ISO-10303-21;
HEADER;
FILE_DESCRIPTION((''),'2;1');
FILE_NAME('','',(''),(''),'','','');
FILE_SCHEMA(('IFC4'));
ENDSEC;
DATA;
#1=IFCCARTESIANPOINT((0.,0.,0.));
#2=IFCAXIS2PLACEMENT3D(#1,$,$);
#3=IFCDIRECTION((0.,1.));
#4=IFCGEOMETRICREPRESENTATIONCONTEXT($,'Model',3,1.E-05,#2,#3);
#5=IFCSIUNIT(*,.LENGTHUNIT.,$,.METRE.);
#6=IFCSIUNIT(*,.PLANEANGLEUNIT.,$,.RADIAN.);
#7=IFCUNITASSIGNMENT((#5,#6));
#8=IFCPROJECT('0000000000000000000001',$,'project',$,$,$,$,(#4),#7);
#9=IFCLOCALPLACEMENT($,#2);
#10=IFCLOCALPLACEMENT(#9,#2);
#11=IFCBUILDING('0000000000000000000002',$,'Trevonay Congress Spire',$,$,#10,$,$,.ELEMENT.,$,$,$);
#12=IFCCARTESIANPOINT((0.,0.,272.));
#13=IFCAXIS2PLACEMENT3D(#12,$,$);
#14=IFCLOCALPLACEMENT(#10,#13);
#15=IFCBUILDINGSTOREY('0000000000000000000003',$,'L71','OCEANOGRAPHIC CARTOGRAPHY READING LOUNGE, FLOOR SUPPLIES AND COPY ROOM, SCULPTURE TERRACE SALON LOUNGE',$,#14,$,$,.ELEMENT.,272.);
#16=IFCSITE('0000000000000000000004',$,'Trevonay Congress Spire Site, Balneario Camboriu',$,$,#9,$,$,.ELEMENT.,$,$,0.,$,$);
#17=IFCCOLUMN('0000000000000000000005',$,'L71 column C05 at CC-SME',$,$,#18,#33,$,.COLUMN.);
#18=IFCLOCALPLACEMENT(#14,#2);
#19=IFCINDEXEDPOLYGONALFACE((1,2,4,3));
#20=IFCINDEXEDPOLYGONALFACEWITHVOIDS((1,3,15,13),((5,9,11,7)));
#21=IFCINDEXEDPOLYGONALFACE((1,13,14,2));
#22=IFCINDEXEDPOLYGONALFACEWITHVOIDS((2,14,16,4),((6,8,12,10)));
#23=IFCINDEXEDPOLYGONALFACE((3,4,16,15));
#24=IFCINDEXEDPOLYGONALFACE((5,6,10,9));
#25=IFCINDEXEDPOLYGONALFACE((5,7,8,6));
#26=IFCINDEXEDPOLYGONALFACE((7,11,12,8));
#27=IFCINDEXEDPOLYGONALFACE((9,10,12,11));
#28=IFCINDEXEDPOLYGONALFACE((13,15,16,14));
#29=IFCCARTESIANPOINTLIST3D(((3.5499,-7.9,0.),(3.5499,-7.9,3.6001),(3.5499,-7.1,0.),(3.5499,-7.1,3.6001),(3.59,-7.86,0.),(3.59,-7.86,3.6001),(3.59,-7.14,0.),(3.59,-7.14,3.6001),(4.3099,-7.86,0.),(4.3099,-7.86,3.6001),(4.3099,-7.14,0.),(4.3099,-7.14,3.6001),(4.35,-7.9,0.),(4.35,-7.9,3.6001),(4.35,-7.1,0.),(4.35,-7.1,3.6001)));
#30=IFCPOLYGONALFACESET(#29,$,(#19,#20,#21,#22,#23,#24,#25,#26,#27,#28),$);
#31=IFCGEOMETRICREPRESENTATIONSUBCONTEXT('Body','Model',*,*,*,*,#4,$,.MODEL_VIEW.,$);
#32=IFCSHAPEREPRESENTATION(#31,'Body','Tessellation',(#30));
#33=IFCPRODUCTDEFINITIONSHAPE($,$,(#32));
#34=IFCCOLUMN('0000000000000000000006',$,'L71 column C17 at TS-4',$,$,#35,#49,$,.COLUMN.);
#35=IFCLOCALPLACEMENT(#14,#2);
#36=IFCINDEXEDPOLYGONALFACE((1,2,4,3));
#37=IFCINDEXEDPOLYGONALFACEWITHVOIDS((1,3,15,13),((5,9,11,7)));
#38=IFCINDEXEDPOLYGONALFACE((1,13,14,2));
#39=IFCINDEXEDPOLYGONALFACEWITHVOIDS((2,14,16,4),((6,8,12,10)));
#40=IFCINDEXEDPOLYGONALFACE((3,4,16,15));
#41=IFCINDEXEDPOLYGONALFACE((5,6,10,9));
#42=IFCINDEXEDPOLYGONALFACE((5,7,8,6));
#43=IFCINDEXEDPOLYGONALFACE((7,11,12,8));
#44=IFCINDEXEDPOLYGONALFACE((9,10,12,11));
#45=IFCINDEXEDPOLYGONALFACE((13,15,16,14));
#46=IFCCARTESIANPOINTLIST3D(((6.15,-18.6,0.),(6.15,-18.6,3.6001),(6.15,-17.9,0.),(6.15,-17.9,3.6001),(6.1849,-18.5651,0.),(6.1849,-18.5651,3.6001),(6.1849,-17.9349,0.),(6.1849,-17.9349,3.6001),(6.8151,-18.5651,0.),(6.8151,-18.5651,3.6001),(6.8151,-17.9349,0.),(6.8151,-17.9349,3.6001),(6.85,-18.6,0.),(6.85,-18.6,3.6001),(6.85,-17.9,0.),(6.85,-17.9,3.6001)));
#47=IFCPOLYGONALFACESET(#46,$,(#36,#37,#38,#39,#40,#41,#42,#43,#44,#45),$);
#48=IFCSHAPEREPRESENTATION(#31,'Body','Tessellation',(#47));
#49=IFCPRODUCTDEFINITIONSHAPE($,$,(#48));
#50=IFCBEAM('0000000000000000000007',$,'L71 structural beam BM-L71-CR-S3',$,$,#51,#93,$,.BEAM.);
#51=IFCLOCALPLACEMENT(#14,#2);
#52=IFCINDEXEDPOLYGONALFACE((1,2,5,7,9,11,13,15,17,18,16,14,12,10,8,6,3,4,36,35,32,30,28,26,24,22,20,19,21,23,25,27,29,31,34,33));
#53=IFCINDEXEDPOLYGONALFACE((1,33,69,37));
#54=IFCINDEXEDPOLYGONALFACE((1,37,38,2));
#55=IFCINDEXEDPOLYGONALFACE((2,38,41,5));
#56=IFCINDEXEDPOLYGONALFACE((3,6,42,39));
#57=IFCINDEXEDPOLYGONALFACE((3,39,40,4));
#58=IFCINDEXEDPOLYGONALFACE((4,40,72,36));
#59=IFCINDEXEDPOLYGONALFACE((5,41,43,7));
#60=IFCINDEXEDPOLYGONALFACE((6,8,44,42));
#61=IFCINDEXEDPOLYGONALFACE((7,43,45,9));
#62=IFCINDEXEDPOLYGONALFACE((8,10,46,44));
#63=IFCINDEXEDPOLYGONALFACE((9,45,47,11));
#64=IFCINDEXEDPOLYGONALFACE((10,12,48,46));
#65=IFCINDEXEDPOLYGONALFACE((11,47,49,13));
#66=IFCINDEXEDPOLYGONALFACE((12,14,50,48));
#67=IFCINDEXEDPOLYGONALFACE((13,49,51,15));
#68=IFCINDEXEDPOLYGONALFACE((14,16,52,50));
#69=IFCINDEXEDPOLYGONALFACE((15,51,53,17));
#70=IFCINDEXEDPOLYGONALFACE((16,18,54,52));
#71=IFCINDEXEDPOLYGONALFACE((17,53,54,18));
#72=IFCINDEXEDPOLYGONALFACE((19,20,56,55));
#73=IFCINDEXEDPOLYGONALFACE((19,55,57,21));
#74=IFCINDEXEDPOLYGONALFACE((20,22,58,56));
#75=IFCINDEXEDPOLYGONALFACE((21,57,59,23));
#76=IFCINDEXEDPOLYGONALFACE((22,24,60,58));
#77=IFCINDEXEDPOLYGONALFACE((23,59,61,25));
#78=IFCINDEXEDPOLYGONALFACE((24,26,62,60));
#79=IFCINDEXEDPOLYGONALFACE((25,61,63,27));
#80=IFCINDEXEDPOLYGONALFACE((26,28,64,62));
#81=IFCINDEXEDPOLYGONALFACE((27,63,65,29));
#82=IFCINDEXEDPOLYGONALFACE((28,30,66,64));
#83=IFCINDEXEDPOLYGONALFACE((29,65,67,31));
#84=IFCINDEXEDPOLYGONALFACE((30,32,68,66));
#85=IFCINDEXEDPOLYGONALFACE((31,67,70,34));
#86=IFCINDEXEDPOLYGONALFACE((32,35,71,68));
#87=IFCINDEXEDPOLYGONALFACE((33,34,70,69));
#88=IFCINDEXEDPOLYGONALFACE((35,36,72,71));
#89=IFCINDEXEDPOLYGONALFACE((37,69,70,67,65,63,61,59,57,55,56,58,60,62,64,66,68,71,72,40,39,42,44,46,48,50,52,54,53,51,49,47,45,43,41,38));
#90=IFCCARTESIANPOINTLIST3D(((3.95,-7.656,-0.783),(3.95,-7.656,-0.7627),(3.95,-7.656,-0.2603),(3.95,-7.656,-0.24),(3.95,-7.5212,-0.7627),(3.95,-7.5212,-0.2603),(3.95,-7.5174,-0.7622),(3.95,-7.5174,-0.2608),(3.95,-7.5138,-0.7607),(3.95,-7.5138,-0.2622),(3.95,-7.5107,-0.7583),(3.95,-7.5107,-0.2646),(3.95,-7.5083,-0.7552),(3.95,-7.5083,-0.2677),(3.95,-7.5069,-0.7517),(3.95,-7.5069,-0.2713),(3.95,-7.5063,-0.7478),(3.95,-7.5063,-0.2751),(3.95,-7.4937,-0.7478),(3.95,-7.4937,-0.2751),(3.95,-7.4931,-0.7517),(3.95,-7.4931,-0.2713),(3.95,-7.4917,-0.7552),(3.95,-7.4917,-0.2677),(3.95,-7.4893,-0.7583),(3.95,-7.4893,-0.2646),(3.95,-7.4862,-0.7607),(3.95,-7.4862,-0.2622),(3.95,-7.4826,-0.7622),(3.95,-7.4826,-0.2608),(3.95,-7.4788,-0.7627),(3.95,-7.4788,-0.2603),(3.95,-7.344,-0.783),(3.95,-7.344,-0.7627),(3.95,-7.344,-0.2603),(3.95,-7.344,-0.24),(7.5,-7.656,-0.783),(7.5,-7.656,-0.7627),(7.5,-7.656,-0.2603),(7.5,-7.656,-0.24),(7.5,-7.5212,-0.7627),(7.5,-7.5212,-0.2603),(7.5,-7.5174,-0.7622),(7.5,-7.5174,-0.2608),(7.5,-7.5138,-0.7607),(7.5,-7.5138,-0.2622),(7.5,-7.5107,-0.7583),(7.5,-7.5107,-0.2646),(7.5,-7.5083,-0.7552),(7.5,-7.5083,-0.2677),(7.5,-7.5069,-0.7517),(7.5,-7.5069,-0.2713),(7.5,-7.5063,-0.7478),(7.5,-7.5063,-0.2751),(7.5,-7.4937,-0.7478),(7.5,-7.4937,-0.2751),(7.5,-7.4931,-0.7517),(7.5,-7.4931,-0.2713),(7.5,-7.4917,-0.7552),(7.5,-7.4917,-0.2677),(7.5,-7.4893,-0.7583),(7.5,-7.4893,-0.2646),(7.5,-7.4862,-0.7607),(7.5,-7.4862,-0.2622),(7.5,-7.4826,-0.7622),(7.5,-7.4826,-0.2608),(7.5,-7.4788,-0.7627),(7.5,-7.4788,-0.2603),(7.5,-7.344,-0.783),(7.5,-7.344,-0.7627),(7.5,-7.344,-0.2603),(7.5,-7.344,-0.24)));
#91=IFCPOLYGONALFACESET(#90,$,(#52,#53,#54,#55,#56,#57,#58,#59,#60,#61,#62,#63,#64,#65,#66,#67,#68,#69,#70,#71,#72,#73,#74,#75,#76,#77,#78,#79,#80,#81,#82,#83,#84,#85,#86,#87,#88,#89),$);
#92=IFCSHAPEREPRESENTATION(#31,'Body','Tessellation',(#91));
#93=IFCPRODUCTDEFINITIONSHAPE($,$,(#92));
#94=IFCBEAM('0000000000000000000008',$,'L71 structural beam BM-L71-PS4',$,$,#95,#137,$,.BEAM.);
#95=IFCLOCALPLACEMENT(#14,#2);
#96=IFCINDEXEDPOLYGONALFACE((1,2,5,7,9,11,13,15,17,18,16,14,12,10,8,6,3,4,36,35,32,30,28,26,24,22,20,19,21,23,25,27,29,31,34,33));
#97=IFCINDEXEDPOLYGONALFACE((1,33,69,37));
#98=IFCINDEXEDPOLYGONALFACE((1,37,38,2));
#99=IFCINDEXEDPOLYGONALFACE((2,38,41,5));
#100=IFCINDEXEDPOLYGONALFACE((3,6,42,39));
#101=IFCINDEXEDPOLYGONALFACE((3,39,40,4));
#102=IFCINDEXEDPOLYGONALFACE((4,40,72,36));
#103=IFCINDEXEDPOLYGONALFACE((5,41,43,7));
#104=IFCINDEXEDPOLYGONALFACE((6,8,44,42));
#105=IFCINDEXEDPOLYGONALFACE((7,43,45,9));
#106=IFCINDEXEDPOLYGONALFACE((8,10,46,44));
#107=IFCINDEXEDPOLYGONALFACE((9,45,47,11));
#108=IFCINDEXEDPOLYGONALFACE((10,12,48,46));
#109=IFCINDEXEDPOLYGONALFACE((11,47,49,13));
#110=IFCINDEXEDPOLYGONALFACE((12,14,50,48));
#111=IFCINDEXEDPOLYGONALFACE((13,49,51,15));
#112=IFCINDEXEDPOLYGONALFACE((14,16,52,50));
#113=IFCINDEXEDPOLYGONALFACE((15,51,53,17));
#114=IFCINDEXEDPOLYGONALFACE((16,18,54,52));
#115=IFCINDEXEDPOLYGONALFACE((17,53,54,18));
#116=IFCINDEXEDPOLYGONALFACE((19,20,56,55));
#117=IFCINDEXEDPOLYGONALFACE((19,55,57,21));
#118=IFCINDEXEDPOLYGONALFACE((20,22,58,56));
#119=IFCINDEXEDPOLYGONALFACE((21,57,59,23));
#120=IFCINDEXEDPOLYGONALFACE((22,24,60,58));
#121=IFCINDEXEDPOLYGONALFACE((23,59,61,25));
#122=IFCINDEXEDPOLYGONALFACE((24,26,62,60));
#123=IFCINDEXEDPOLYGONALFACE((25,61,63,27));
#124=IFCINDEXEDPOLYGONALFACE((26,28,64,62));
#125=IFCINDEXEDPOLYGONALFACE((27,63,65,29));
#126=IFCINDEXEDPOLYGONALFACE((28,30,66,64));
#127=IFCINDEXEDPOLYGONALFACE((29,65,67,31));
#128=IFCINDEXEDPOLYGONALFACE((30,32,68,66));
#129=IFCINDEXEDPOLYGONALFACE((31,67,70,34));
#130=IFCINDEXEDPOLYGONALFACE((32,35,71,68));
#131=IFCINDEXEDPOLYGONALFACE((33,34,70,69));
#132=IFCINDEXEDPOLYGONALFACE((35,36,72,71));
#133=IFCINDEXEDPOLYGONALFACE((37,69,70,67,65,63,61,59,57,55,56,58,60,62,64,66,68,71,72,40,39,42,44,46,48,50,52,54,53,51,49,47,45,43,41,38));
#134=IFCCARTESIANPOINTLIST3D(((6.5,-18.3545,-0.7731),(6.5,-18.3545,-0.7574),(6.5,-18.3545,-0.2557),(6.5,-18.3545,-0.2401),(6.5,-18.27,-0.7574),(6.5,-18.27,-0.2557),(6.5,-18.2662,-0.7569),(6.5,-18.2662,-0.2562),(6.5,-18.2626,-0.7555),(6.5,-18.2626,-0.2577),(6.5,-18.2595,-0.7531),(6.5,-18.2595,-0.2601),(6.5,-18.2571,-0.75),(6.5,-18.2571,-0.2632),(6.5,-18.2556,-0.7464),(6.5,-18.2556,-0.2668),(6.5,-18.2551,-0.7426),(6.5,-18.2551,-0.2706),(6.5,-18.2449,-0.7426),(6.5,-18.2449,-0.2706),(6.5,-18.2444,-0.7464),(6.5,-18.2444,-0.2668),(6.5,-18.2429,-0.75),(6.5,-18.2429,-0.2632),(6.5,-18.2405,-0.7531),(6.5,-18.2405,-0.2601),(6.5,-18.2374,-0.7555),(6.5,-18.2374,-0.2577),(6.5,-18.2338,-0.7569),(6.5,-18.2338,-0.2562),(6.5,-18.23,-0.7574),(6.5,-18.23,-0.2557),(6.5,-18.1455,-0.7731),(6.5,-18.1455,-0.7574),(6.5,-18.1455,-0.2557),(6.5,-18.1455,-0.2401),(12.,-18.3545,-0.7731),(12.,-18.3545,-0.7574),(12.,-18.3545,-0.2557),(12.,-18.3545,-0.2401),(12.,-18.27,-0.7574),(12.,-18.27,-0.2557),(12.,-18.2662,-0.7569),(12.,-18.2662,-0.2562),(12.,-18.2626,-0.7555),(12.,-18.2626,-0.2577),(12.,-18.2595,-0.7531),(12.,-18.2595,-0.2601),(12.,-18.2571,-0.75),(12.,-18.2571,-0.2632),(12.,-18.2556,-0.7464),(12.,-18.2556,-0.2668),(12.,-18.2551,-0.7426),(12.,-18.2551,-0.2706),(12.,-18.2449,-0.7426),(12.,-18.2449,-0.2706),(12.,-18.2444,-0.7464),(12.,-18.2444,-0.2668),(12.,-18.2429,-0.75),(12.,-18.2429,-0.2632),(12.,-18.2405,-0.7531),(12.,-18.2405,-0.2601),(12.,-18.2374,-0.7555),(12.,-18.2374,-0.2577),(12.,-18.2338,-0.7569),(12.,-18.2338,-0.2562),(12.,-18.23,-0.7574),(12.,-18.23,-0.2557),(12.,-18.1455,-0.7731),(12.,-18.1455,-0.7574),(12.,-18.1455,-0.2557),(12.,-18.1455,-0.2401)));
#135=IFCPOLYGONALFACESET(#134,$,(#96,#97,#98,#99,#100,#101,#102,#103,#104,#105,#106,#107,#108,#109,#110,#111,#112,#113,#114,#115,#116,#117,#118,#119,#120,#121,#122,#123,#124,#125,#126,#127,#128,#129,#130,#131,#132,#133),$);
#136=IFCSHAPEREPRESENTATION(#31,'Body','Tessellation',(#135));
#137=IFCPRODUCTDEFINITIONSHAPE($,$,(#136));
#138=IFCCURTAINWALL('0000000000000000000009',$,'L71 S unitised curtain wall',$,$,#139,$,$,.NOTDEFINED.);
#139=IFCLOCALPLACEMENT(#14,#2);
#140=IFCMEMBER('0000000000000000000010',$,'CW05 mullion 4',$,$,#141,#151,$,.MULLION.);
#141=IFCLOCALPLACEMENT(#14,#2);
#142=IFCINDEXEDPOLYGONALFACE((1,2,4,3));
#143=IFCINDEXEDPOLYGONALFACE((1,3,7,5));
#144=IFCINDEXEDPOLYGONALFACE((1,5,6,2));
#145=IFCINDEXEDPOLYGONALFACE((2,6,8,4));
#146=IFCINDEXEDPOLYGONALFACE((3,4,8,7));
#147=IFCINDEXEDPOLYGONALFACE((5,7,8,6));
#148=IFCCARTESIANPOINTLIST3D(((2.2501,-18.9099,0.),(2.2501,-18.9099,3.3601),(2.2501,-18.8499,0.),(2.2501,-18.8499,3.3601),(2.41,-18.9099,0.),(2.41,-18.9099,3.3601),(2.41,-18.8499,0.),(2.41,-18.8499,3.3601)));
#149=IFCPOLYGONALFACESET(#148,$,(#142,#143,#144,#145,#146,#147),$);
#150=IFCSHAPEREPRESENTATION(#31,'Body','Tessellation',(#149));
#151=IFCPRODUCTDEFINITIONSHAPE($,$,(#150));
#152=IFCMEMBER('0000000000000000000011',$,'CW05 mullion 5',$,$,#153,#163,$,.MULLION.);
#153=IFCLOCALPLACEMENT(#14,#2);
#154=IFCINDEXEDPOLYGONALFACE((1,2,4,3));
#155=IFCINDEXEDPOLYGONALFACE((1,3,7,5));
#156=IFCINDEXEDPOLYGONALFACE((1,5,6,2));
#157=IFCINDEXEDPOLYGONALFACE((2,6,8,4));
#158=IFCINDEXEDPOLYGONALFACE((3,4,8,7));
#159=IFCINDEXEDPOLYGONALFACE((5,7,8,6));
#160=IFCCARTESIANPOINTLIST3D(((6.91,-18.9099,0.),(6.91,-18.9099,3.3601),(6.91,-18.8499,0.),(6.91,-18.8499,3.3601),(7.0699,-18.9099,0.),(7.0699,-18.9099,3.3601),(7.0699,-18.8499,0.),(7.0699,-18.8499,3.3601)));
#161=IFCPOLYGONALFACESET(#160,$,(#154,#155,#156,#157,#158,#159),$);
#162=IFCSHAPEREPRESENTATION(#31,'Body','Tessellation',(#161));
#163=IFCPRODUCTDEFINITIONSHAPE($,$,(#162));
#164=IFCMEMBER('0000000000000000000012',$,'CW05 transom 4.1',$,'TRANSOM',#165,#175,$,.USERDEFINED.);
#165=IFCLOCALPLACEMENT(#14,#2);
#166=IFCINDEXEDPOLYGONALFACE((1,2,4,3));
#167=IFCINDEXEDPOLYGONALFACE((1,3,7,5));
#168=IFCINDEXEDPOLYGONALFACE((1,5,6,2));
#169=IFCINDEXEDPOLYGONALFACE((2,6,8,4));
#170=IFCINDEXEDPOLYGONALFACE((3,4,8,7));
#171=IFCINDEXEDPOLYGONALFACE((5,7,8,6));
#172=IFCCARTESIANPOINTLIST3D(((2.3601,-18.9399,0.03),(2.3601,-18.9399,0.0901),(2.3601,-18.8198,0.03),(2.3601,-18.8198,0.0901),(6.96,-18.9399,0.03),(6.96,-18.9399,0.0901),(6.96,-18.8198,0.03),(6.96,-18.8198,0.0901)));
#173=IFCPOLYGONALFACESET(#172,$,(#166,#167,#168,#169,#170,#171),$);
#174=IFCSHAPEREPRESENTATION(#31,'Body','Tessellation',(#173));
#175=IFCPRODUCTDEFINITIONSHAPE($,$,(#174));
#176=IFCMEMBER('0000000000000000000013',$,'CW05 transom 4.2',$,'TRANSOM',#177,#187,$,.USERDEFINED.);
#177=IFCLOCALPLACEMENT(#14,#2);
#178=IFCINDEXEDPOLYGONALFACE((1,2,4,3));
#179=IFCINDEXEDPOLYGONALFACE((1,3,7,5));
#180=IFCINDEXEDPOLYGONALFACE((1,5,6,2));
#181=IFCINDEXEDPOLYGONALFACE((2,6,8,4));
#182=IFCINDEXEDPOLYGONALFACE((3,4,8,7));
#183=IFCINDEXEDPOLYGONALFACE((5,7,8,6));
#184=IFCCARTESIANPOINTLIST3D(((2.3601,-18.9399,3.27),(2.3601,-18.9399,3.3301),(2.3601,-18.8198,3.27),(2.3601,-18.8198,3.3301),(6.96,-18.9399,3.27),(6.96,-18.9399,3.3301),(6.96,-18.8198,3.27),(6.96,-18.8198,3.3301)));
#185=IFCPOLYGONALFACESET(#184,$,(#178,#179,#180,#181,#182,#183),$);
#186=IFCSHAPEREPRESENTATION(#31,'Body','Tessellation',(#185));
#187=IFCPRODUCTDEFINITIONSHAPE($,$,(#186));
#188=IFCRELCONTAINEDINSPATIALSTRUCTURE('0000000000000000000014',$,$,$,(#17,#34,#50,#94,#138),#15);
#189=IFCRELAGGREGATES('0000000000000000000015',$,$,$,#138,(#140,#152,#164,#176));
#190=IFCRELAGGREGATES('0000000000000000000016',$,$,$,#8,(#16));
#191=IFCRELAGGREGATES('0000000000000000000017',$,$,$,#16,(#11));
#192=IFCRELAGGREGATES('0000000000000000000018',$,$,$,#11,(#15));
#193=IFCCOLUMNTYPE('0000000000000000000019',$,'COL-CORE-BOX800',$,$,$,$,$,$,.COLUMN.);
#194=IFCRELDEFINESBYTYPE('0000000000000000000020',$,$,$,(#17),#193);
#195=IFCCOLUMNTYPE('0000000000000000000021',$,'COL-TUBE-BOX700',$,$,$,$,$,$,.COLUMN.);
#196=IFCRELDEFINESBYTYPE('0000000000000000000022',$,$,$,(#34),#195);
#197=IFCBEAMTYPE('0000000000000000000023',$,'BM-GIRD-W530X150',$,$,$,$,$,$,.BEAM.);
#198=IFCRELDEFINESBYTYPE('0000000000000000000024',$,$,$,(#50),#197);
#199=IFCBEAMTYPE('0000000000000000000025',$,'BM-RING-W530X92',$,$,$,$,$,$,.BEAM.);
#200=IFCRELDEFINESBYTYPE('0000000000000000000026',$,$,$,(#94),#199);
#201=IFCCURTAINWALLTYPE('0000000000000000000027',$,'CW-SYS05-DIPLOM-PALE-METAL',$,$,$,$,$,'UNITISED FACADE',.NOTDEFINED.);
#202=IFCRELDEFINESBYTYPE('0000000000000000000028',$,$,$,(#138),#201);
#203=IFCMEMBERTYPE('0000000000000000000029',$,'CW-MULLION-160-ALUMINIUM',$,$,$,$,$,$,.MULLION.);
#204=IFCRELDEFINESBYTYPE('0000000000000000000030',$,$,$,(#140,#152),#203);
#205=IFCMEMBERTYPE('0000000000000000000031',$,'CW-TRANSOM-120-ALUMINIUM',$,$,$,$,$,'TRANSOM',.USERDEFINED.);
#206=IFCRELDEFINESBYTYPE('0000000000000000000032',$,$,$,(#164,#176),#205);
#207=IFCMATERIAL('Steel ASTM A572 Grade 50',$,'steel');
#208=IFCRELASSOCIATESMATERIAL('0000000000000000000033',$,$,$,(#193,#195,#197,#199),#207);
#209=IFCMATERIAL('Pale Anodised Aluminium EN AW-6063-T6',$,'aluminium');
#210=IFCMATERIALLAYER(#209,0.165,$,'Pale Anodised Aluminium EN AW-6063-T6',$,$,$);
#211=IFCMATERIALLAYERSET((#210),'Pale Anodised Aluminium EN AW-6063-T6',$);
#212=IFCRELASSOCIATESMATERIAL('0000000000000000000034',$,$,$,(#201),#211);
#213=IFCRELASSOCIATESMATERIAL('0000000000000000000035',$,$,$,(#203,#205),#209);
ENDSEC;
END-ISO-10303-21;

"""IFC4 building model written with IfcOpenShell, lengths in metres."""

from ifc_helpers import new_model, si_unit, direction, frame, origin, origin_2d, place, context, subcontext, project, spatial, rectangle, hollow_rectangle, i_section, extrude, material, layer, layer_set, material_profile, profile_set, type_object, element, aggregate, save


model = new_model("IFC4")

# Units and contexts
model_context = context("Model", 3, precision=1e-05, world=origin(), true_north=direction((0.0, 1.0)))
body_context = subcontext(model_context, "Body", "Model", "MODEL_VIEW")
ifc_project = project(units=[si_unit("LENGTHUNIT", "METRE"), si_unit("PLANEANGLEUNIT", "RADIAN")], contexts=[model_context])

# Site, building, storey
site_placement = place(None, origin())
site = spatial("IfcSite", under=ifc_project, at=site_placement, Name="Trevonay Congress Spire Site, Balneario Camboriu", CompositionType="ELEMENT", RefElevation=0.0)
building_placement = place(site_placement, origin())
building = spatial("IfcBuilding", under=site, at=building_placement, Name="Trevonay Congress Spire", CompositionType="ELEMENT")
storey_placement = place(building_placement, frame((0.0, 0.0, 272.0)))
storey = spatial("IfcBuildingStorey", under=building, at=storey_placement, Name="L71", Description="OCEANOGRAPHIC CARTOGRAPHY READING LOUNGE, FLOOR SUPPLIES AND COPY ROOM, SCULPTURE TERRACE SALON LOUNGE", CompositionType="ELEMENT", Elevation=272.0)

# Columns
ifc_material_1 = material(Name="Steel ASTM A572 Grade 50", Category="steel")
ifc_material_profile_1 = material_profile(ifc_material_1, hollow_rectangle(XDim=0.8, YDim=0.8, WallThickness=0.04, at=origin_2d()), Name="BOX 800x800x40")
ifc_profile_set_1 = profile_set([ifc_material_profile_1], Name="Steel ASTM A572 Grade 50")
column_type_1 = type_object("IfcColumnType", Name="COL-CORE-BOX800", PredefinedType="COLUMN", material=ifc_profile_set_1)
column_1_placement = place(storey_placement, frame((3.95, -7.5, 0.0), z_axis=(0.0, 0.0, 1.0), x_axis=(1.0, 0.0, 0.0)))
element("IfcColumn", 1, at=column_1_placement, inside=storey, type_object=column_type_1, Name="L71 column C05 at CC-SME", PredefinedType="COLUMN", context=body_context, shape_type="SweptSolid", body=[
    extrude(hollow_rectangle(XDim=0.8, YDim=0.8, WallThickness=0.04, at=origin_2d()), origin(), (0.0, 0.0, 1.0), 3.6001),
])
ifc_material_profile_2 = material_profile(ifc_material_1, hollow_rectangle(XDim=0.7, YDim=0.7, WallThickness=0.0349, at=origin_2d()), Name="BOX 700x700x35")
ifc_profile_set_2 = profile_set([ifc_material_profile_2], Name="Steel ASTM A572 Grade 50")
column_type_2 = type_object("IfcColumnType", Name="COL-TUBE-BOX700", PredefinedType="COLUMN", material=ifc_profile_set_2)
column_2_placement = place(storey_placement, frame((6.5, -18.25, 0.0), z_axis=(0.0, 0.0, 1.0), x_axis=(1.0, 0.0, 0.0)))
element("IfcColumn", 2, at=column_2_placement, inside=storey, type_object=column_type_2, Name="L71 column C17 at TS-4", PredefinedType="COLUMN", context=body_context, shape_type="SweptSolid", body=[
    extrude(hollow_rectangle(XDim=0.7, YDim=0.7, WallThickness=0.0349, at=origin_2d()), origin(), (0.0, 0.0, 1.0), 3.6001),
])

# Beams
ifc_material_profile_3 = material_profile(ifc_material_1, i_section(OverallWidth=0.312, OverallDepth=0.543, WebThickness=0.0127, FlangeThickness=0.0203, FilletRadius=0.0149, at=origin_2d()), Name="W530x150")
ifc_profile_set_3 = profile_set([ifc_material_profile_3], Name="Steel ASTM A572 Grade 50")
beam_type_1 = type_object("IfcBeamType", Name="BM-GIRD-W530X150", PredefinedType="BEAM", material=ifc_profile_set_3)
beam_1_placement = place(storey_placement, frame((3.95, -7.5, -0.5115), z_axis=(1.0, 0.0, 0.0), x_axis=(0.0, 1.0, 0.0)))
element("IfcBeam", 3, at=beam_1_placement, inside=storey, type_object=beam_type_1, Name="L71 structural beam BM-L71-CR-S3", PredefinedType="BEAM", context=body_context, shape_type="SweptSolid", body=[
    extrude(i_section(OverallWidth=0.312, OverallDepth=0.543, WebThickness=0.0127, FlangeThickness=0.0203, FilletRadius=0.0149, at=origin_2d()), origin(), (0.0, 0.0, 1.0), 3.55),
])
ifc_material_profile_4 = material_profile(ifc_material_1, i_section(OverallWidth=0.209, OverallDepth=0.533, WebThickness=0.0103, FlangeThickness=0.0156, FilletRadius=0.0149, at=origin_2d()), Name="W530x92")
ifc_profile_set_4 = profile_set([ifc_material_profile_4], Name="Steel ASTM A572 Grade 50")
beam_type_2 = type_object("IfcBeamType", Name="BM-RING-W530X92", PredefinedType="BEAM", material=ifc_profile_set_4)
beam_2_placement = place(storey_placement, frame((6.5, -18.25, -0.5066), z_axis=(1.0, 0.0, 0.0), x_axis=(0.0, 1.0, 0.0)))
element("IfcBeam", 4, at=beam_2_placement, inside=storey, type_object=beam_type_2, Name="L71 structural beam BM-L71-PS4", PredefinedType="BEAM", context=body_context, shape_type="SweptSolid", body=[
    extrude(i_section(OverallWidth=0.209, OverallDepth=0.533, WebThickness=0.0103, FlangeThickness=0.0156, FilletRadius=0.0149, at=origin_2d()), origin(), (0.0, 0.0, 1.0), 5.5),
])

# Curtain wall, members
ifc_material_2 = material(Name="Pale Anodised Aluminium EN AW-6063-T6", Category="aluminium")
ifc_layer_1 = layer(ifc_material_2, 0.165, Name="Pale Anodised Aluminium EN AW-6063-T6")
ifc_layer_set_1 = layer_set([ifc_layer_1], Name="Pale Anodised Aluminium EN AW-6063-T6")
curtain_wall_type = type_object("IfcCurtainWallType", Name="CW-SYS05-DIPLOM-PALE-METAL", ElementType="UNITISED FACADE", PredefinedType="NOTDEFINED", material=ifc_layer_set_1)
curtain_wall_placement = place(storey_placement, origin())
curtain_wall = element("IfcCurtainWall", 5, at=curtain_wall_placement, inside=storey, type_object=curtain_wall_type, Name="L71 S unitised curtain wall", PredefinedType="NOTDEFINED")
ifc_material_profile_5 = material_profile(ifc_material_2, rectangle(XDim=0.0601, YDim=0.1599, at=origin_2d()), Name="CW-MULLION-160-ALUMINIUM")
ifc_profile_set_5 = profile_set([ifc_material_profile_5], Name="Pale Anodised Aluminium EN AW-6063-T6")
member_type_1 = type_object("IfcMemberType", Name="CW-MULLION-160-ALUMINIUM", PredefinedType="MULLION", material=ifc_profile_set_5)
member_1_placement = place(storey_placement, frame((2.3301, -18.8799, 0.0), z_axis=(0.0, 0.0, 1.0), x_axis=(0.0, 1.0, 0.0)))
member_1 = element("IfcMember", 6, at=member_1_placement, type_object=member_type_1, Name="CW05 mullion 4", PredefinedType="MULLION", context=body_context, shape_type="SweptSolid", body=[
    extrude(rectangle(XDim=0.0601, YDim=0.1599, at=origin_2d()), origin(), (0.0, 0.0, 1.0), 3.3601),
])
member_2_placement = place(storey_placement, frame((6.99, -18.8799, 0.0), z_axis=(0.0, 0.0, 1.0), x_axis=(0.0, 1.0, 0.0)))
member_2 = element("IfcMember", 7, at=member_2_placement, type_object=member_type_1, Name="CW05 mullion 5", PredefinedType="MULLION", context=body_context, shape_type="SweptSolid", body=[
    extrude(rectangle(XDim=0.0601, YDim=0.1599, at=origin_2d()), origin(), (0.0, 0.0, 1.0), 3.3601),
])
ifc_material_profile_6 = material_profile(ifc_material_2, rectangle(XDim=0.1201, YDim=0.0601, at=origin_2d()), Name="CW-TRANSOM-120-ALUMINIUM")
ifc_profile_set_6 = profile_set([ifc_material_profile_6], Name="Pale Anodised Aluminium EN AW-6063-T6")
member_type_2 = type_object("IfcMemberType", Name="CW-TRANSOM-120-ALUMINIUM", ElementType="TRANSOM", PredefinedType="USERDEFINED", material=ifc_profile_set_6)
member_3_placement = place(storey_placement, frame((2.3601, -18.8799, 0.0601), z_axis=(1.0, 0.0, 0.0), x_axis=(0.0, 1.0, 0.0)))
member_3 = element("IfcMember", 8, at=member_3_placement, type_object=member_type_2, Name="CW05 transom 4.1", ObjectType="TRANSOM", PredefinedType="USERDEFINED", context=body_context, shape_type="SweptSolid", body=[
    extrude(rectangle(XDim=0.1201, YDim=0.0601, at=origin_2d()), origin(), (0.0, 0.0, 1.0), 4.5999),
])
member_4_placement = place(storey_placement, frame((2.3601, -18.8799, 3.3), z_axis=(1.0, 0.0, 0.0), x_axis=(0.0, 1.0, 0.0)))
member_4 = element("IfcMember", 9, at=member_4_placement, type_object=member_type_2, Name="CW05 transom 4.2", ObjectType="TRANSOM", PredefinedType="USERDEFINED", context=body_context, shape_type="SweptSolid", body=[
    extrude(rectangle(XDim=0.1201, YDim=0.0601, at=origin_2d()), origin(), (0.0, 0.0, 1.0), 4.5999),
])

aggregate(curtain_wall, [member_1, member_2, member_3, member_4])

save(model, "model.ifc")
